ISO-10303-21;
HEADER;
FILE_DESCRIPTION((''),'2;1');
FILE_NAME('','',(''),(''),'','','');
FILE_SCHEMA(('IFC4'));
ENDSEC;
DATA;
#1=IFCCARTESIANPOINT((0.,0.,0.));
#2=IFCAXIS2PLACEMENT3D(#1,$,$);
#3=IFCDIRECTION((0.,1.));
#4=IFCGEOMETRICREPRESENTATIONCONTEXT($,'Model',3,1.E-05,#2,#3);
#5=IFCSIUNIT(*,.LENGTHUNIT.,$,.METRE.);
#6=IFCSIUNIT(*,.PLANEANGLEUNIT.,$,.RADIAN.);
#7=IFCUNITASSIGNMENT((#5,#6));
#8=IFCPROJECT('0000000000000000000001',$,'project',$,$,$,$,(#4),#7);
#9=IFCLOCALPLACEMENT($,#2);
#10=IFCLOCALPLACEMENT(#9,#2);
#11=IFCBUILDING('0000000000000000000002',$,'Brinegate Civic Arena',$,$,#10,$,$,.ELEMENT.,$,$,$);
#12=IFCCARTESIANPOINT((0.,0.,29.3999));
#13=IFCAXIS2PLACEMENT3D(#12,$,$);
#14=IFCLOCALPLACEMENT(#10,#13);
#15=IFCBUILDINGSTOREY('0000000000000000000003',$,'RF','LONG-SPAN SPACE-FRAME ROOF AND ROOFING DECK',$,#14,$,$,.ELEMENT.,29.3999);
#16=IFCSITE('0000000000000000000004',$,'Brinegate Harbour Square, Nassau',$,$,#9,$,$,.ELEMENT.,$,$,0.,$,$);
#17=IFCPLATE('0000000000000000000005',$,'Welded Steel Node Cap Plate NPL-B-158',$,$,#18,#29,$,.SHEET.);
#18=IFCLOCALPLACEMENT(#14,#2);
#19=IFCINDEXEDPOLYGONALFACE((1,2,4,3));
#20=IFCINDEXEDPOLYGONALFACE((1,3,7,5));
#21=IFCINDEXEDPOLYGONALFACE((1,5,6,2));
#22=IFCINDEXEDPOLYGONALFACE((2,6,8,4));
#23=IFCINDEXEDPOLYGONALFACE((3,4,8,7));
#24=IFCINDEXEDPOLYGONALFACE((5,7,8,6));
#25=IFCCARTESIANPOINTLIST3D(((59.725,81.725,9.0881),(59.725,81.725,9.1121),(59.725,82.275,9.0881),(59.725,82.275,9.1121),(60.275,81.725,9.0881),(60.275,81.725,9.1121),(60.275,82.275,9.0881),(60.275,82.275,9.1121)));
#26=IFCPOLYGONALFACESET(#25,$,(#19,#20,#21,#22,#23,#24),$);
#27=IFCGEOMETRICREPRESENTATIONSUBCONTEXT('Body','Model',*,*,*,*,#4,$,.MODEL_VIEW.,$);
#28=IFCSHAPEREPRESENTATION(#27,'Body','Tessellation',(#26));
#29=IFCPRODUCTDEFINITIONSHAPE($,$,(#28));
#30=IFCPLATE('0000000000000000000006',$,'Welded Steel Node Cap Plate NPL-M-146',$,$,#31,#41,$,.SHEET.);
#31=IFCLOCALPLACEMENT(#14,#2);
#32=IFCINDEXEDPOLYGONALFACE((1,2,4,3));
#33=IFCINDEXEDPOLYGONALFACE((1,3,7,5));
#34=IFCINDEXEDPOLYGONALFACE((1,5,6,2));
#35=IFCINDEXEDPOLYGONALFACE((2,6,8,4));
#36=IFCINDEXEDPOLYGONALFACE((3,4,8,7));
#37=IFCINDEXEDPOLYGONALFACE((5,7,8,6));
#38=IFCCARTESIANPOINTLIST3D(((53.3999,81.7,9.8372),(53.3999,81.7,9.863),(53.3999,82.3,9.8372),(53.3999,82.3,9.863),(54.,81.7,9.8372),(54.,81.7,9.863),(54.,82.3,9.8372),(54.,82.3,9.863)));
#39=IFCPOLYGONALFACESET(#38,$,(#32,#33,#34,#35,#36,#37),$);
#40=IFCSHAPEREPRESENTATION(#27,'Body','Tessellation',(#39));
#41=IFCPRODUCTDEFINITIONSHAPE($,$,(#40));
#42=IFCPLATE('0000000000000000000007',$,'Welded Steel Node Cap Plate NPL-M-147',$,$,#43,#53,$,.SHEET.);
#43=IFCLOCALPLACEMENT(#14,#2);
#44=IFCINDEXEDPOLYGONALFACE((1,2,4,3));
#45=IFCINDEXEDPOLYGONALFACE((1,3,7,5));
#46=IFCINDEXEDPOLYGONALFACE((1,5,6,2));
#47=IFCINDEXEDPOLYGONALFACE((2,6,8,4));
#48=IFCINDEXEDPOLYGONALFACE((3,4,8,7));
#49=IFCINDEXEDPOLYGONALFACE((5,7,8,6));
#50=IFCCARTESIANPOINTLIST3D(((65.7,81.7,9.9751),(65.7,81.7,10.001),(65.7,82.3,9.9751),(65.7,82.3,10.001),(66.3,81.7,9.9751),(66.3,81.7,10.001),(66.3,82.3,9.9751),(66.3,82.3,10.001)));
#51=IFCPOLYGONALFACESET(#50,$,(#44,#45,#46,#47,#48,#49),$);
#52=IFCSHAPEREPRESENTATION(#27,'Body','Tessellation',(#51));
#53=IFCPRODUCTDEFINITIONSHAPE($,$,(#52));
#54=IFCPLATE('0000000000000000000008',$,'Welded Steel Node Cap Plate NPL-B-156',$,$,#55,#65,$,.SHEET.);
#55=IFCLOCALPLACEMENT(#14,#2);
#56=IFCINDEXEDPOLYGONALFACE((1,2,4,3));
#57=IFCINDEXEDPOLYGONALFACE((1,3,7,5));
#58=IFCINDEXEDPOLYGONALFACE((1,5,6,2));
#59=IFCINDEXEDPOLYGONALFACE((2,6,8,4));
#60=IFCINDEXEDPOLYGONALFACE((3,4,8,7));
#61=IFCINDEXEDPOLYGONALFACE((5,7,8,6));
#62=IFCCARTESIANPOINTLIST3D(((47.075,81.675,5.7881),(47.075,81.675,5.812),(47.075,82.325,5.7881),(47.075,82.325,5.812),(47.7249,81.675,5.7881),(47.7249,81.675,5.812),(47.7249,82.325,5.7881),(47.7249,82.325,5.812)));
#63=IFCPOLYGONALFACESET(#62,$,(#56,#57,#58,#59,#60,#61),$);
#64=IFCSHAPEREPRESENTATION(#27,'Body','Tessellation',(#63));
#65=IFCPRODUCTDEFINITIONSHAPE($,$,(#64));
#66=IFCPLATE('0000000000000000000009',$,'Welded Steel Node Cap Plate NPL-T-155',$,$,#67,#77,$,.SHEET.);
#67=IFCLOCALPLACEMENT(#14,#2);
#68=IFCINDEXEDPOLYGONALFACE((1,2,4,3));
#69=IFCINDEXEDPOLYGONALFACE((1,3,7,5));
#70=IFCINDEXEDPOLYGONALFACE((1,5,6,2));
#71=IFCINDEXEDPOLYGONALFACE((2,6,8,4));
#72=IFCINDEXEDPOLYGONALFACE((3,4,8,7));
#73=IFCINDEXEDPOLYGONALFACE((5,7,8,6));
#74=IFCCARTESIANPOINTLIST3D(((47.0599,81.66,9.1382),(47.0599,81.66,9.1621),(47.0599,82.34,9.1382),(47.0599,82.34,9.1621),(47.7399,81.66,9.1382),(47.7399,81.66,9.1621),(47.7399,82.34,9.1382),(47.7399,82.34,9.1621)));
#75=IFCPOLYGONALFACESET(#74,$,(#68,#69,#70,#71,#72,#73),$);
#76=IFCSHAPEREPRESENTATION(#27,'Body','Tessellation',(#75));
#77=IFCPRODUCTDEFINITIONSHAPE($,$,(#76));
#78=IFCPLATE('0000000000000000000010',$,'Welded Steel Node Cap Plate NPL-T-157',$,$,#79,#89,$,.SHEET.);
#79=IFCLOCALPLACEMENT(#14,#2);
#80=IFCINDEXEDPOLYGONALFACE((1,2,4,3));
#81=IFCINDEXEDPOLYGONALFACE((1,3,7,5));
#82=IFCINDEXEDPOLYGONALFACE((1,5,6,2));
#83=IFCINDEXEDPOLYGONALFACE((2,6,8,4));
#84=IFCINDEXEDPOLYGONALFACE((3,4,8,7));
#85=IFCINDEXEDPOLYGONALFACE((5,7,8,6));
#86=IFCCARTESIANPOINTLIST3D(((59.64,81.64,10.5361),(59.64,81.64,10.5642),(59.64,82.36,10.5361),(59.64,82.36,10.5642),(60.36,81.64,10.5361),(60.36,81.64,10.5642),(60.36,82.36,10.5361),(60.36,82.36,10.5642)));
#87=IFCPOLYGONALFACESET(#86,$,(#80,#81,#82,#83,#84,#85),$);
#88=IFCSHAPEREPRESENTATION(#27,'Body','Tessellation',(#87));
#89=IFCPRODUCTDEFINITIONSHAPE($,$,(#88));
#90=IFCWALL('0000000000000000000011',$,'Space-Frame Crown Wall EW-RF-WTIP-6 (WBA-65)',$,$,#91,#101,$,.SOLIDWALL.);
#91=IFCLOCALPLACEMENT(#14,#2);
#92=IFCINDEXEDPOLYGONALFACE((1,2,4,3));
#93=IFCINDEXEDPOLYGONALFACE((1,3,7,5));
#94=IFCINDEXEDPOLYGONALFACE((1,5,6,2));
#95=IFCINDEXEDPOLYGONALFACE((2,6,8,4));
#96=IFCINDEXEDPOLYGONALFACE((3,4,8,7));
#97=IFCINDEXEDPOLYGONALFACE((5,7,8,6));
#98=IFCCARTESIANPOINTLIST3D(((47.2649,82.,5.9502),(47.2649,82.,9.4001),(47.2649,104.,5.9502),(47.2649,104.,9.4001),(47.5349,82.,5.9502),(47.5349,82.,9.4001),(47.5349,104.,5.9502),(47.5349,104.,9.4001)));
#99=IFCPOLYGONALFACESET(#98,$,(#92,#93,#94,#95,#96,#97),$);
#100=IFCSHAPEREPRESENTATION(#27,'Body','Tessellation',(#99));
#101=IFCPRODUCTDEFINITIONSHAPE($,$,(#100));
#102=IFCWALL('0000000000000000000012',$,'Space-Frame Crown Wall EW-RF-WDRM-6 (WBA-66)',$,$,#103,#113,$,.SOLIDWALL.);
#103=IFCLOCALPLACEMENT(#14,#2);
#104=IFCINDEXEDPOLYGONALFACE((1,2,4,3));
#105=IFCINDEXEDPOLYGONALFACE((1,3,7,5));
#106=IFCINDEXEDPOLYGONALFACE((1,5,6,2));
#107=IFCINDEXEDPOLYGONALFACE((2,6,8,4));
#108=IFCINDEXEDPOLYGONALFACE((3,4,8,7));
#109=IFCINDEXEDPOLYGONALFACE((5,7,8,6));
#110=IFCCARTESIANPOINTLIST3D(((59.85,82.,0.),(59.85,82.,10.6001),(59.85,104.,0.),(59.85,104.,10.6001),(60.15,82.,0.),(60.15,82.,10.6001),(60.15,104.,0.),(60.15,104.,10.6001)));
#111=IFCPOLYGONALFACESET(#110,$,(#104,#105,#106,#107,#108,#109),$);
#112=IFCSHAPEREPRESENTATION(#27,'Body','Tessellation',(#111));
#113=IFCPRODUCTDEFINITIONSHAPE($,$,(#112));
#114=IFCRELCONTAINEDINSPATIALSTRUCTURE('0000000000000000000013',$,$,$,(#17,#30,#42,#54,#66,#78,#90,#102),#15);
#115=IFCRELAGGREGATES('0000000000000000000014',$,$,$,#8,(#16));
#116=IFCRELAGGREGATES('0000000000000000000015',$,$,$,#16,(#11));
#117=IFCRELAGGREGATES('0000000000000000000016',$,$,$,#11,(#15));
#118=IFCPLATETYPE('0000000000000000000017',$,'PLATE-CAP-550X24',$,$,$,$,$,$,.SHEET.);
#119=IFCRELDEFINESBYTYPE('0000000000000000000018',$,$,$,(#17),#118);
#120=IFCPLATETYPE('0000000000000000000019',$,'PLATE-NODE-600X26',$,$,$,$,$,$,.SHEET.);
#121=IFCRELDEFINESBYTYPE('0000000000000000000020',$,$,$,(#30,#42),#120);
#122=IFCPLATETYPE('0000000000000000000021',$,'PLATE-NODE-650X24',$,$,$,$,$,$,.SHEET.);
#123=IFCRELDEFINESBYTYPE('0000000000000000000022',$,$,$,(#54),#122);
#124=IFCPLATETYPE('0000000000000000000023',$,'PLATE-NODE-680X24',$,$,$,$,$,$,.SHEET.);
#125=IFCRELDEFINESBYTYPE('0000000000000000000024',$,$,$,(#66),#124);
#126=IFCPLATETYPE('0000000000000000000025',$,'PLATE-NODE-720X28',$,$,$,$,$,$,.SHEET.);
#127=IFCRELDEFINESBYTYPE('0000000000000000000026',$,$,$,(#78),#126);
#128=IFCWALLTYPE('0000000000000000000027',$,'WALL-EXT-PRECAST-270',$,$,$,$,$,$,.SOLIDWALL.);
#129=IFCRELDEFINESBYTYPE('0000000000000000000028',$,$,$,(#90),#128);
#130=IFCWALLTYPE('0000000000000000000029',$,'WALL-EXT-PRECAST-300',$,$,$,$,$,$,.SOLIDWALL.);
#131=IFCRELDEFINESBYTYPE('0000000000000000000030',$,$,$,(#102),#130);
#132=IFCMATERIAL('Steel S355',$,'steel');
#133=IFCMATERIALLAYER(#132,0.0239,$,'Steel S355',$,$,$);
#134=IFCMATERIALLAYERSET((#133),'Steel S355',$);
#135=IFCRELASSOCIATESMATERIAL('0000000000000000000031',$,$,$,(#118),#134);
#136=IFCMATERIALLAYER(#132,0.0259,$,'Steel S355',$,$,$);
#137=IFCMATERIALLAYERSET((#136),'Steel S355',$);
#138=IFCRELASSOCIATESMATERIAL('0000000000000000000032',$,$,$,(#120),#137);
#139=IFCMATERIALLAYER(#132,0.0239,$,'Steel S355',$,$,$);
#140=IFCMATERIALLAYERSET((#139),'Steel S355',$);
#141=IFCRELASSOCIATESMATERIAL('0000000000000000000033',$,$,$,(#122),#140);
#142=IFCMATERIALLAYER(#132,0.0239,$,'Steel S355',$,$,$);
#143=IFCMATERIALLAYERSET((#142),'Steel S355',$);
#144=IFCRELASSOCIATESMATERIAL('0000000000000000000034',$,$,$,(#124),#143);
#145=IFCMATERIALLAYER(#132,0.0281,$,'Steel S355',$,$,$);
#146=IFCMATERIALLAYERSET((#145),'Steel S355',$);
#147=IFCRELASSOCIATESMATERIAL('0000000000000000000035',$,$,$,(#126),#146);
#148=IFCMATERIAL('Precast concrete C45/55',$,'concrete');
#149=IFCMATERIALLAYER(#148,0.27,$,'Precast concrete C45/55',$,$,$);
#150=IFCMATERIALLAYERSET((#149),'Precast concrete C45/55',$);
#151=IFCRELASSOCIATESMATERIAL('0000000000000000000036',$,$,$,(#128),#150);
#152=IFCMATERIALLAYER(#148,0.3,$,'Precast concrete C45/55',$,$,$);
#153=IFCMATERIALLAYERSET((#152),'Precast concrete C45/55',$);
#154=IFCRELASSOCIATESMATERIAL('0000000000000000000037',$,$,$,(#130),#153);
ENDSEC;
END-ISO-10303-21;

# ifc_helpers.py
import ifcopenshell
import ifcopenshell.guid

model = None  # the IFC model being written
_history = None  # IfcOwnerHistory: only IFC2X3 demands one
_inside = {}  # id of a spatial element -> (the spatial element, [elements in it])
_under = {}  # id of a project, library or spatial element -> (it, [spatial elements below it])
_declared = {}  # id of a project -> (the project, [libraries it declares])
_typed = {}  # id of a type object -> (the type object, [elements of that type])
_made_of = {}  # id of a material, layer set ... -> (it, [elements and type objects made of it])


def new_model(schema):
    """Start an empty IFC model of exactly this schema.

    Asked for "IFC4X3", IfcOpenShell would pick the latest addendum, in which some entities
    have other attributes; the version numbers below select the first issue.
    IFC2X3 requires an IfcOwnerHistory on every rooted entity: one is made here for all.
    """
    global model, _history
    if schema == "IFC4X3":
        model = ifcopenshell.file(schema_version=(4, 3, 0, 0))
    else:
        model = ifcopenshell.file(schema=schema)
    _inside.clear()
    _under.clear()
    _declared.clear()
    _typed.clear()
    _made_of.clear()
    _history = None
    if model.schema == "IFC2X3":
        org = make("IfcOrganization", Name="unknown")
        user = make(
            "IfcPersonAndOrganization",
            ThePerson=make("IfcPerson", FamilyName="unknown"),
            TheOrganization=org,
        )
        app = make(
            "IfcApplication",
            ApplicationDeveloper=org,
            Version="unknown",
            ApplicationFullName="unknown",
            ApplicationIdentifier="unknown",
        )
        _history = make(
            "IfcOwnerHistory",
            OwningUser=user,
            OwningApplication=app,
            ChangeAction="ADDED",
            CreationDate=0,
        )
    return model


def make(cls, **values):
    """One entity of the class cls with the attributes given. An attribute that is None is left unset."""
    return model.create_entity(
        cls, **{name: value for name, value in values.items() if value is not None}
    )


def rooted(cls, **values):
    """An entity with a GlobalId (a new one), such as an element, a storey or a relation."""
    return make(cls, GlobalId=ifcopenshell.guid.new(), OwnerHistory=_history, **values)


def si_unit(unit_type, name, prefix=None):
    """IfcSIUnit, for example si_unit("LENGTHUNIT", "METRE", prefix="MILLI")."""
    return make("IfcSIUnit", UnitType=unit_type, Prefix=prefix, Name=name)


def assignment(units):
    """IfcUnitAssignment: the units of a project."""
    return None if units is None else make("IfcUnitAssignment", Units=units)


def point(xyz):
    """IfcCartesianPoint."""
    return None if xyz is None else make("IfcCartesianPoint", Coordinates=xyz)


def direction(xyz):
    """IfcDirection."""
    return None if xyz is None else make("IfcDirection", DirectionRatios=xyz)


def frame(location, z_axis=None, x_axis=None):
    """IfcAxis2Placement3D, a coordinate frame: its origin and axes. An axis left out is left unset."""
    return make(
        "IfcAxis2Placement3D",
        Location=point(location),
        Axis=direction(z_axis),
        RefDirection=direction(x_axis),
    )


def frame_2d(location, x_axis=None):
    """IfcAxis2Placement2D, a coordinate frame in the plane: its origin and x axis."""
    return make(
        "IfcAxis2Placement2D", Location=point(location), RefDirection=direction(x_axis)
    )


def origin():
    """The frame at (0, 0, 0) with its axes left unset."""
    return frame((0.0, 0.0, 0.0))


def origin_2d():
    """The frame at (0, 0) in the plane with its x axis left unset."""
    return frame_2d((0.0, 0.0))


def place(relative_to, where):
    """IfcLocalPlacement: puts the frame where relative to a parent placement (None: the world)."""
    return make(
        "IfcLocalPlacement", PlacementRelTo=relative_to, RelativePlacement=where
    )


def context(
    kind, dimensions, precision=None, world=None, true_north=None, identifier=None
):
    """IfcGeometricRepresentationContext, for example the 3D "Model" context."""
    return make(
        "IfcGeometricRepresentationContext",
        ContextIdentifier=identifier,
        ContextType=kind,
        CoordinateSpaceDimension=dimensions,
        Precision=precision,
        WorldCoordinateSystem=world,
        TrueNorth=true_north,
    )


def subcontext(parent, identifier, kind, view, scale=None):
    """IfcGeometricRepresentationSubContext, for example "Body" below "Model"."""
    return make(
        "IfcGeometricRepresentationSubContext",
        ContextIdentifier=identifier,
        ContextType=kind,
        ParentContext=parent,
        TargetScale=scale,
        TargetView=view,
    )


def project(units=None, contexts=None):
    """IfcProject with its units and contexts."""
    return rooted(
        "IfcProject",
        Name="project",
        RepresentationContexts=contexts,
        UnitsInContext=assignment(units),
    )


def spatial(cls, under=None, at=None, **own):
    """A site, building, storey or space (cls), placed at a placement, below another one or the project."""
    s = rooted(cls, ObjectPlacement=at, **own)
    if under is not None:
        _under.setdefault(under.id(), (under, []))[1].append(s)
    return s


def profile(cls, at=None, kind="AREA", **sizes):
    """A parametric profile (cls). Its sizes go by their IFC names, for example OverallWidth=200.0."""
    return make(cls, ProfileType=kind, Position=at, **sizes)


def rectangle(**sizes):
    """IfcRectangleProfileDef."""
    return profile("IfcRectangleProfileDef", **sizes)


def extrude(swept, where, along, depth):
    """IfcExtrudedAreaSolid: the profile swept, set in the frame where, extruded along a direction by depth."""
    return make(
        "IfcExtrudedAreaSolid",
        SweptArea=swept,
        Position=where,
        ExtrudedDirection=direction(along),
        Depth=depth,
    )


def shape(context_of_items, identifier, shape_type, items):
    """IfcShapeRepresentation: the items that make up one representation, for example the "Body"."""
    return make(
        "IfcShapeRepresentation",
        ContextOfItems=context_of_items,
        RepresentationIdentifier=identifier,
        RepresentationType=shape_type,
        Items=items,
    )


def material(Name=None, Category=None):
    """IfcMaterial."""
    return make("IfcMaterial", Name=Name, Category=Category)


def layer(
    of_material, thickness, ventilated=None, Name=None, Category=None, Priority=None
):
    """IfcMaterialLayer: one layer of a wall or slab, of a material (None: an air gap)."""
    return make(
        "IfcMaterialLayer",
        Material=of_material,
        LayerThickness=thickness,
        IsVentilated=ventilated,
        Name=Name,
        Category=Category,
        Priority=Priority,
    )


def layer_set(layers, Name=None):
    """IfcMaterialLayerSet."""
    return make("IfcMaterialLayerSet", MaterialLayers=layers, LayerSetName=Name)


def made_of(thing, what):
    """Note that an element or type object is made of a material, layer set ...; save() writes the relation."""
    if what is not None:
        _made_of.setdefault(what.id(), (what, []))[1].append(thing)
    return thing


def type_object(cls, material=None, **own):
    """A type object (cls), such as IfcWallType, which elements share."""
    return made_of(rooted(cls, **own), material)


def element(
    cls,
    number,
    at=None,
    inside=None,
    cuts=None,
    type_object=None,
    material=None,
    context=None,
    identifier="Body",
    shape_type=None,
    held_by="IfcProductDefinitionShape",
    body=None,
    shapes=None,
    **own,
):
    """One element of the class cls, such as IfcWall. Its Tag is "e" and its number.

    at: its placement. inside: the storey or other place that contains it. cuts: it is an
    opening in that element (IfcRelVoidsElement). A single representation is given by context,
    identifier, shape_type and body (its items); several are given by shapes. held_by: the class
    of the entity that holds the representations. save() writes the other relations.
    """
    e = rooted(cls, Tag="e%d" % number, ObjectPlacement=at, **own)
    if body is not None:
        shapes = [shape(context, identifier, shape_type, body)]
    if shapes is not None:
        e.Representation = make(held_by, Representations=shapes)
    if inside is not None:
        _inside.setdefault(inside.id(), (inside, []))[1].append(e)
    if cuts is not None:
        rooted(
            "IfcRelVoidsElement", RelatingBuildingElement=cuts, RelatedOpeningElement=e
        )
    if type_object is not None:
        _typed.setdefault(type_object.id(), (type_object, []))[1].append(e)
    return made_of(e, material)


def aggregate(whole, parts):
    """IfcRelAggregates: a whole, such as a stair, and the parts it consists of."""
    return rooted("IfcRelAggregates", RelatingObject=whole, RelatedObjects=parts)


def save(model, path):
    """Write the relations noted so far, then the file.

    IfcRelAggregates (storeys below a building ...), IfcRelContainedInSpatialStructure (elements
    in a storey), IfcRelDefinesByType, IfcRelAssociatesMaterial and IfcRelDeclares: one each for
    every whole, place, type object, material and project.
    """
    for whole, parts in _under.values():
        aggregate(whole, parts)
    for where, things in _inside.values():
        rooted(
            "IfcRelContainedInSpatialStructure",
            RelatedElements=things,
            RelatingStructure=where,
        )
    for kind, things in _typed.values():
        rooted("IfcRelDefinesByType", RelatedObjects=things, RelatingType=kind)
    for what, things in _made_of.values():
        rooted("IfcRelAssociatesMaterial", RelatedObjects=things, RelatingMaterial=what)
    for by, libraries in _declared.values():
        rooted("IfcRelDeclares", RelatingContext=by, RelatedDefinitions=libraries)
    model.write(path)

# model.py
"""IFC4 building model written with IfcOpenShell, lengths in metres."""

from ifc_helpers import new_model, si_unit, direction, frame, frame_2d, origin, origin_2d, place, context, subcontext, project, spatial, rectangle, extrude, material, layer, layer_set, type_object, element, save


model = new_model("IFC4")

# Units and contexts
model_context = context("Model", 3, precision=1e-05, world=origin(), true_north=direction((0.0, 1.0)))
body_context = subcontext(model_context, "Body", "Model", "MODEL_VIEW")
ifc_project = project(units=[si_unit("LENGTHUNIT", "METRE"), si_unit("PLANEANGLEUNIT", "RADIAN")], contexts=[model_context])

# Site, building, storey
site_placement = place(None, origin())
site = spatial("IfcSite", under=ifc_project, at=site_placement, Name="Brinegate Harbour Square, Nassau", CompositionType="ELEMENT", RefElevation=0.0)
building_placement = place(site_placement, origin())
building = spatial("IfcBuilding", under=site, at=building_placement, Name="Brinegate Civic Arena", CompositionType="ELEMENT")
storey_placement = place(building_placement, frame((0.0, 0.0, 29.3999)))
storey = spatial("IfcBuildingStorey", under=building, at=storey_placement, Name="RF", Description="LONG-SPAN SPACE-FRAME ROOF AND ROOFING DECK", CompositionType="ELEMENT", Elevation=29.3999)

# Shared definitions
ifc_material_1 = material(Name="Steel S355", Category="steel")

# Plates
ifc_layer_1 = layer(ifc_material_1, 0.0239, Name="Steel S355")
ifc_layer_set_1 = layer_set([ifc_layer_1], Name="Steel S355")
plate_type_1 = type_object("IfcPlateType", Name="PLATE-CAP-550X24", PredefinedType="SHEET", material=ifc_layer_set_1)
plate_1_placement = place(storey_placement, frame((60.0, 82.0, 9.0881), z_axis=(0.0, 0.0, 1.0), x_axis=(1.0, 0.0, 0.0)))
element("IfcPlate", 1, at=plate_1_placement, inside=storey, type_object=plate_type_1, Name="Welded Steel Node Cap Plate NPL-B-158", PredefinedType="SHEET", context=body_context, shape_type="SweptSolid", body=[
    extrude(rectangle(XDim=0.55, YDim=0.55, at=origin_2d()), origin(), (0.0, 0.0, 1.0), 0.0239),
])
ifc_layer_2 = layer(ifc_material_1, 0.0259, Name="Steel S355")
ifc_layer_set_2 = layer_set([ifc_layer_2], Name="Steel S355")
plate_type_2 = type_object("IfcPlateType", Name="PLATE-NODE-600X26", PredefinedType="SHEET", material=ifc_layer_set_2)
for number, where, z_axis, x_axis, name in (
    (2, (53.7, 82.0, 9.8372), (0.0, 0.0, 1.0), (1.0, 0.0, 0.0), "Welded Steel Node Cap Plate NPL-M-146"),
    (3, (66.0, 82.0, 9.9751), (0.0, 0.0, 1.0), (1.0, 0.0, 0.0), "Welded Steel Node Cap Plate NPL-M-147"),
):
    element("IfcPlate", number, at=place(storey_placement, frame(where, z_axis=z_axis, x_axis=x_axis)), inside=storey, type_object=plate_type_2, Name=name, PredefinedType="SHEET", context=body_context, shape_type="SweptSolid", body=[
        extrude(rectangle(XDim=0.6001, YDim=0.6001, at=origin_2d()), origin(), (0.0, 0.0, 1.0), 0.0259),
    ])
ifc_layer_3 = layer(ifc_material_1, 0.0239, Name="Steel S355")
ifc_layer_set_3 = layer_set([ifc_layer_3], Name="Steel S355")
plate_type_3 = type_object("IfcPlateType", Name="PLATE-NODE-650X24", PredefinedType="SHEET", material=ifc_layer_set_3)
plate_2_placement = place(storey_placement, frame((47.3999, 82.0, 5.7881), z_axis=(0.0, 0.0, 1.0), x_axis=(1.0, 0.0, 0.0)))
element("IfcPlate", 4, at=plate_2_placement, inside=storey, type_object=plate_type_3, Name="Welded Steel Node Cap Plate NPL-B-156", PredefinedType="SHEET", context=body_context, shape_type="SweptSolid", body=[
    extrude(rectangle(XDim=0.6499, YDim=0.6499, at=origin_2d()), origin(), (0.0, 0.0, 1.0), 0.0239),
])
ifc_layer_4 = layer(ifc_material_1, 0.0239, Name="Steel S355")
ifc_layer_set_4 = layer_set([ifc_layer_4], Name="Steel S355")
plate_type_4 = type_object("IfcPlateType", Name="PLATE-NODE-680X24", PredefinedType="SHEET", material=ifc_layer_set_4)
plate_3_placement = place(storey_placement, frame((47.3999, 82.0, 9.1382), z_axis=(0.0, 0.0, 1.0), x_axis=(1.0, 0.0, 0.0)))
element("IfcPlate", 5, at=plate_3_placement, inside=storey, type_object=plate_type_4, Name="Welded Steel Node Cap Plate NPL-T-155", PredefinedType="SHEET", context=body_context, shape_type="SweptSolid", body=[
    extrude(rectangle(XDim=0.6799, YDim=0.6799, at=origin_2d()), origin(), (0.0, 0.0, 1.0), 0.0239),
])
ifc_layer_5 = layer(ifc_material_1, 0.0281, Name="Steel S355")
ifc_layer_set_5 = layer_set([ifc_layer_5], Name="Steel S355")
plate_type_5 = type_object("IfcPlateType", Name="PLATE-NODE-720X28", PredefinedType="SHEET", material=ifc_layer_set_5)
plate_4_placement = place(storey_placement, frame((60.0, 82.0, 10.5361), z_axis=(0.0, 0.0, 1.0), x_axis=(1.0, 0.0, 0.0)))
element("IfcPlate", 6, at=plate_4_placement, inside=storey, type_object=plate_type_5, Name="Welded Steel Node Cap Plate NPL-T-157", PredefinedType="SHEET", context=body_context, shape_type="SweptSolid", body=[
    extrude(rectangle(XDim=0.72, YDim=0.72, at=origin_2d()), origin(), (0.0, 0.0, 1.0), 0.0281),
])

# Walls
ifc_material_2 = material(Name="Precast concrete C45/55", Category="concrete")
ifc_layer_6 = layer(ifc_material_2, 0.27, Name="Precast concrete C45/55")
ifc_layer_set_6 = layer_set([ifc_layer_6], Name="Precast concrete C45/55")
wall_type_1 = type_object("IfcWallType", Name="WALL-EXT-PRECAST-270", PredefinedType="SOLIDWALL", material=ifc_layer_set_6)
wall_1_placement = place(storey_placement, frame((47.3999, 82.0, 5.9502), z_axis=(0.0, 0.0, 1.0), x_axis=(0.0, 1.0, 0.0)))
element("IfcWall", 7, at=wall_1_placement, inside=storey, type_object=wall_type_1, Name="Space-Frame Crown Wall EW-RF-WTIP-6 (WBA-65)", PredefinedType="SOLIDWALL", context=body_context, shape_type="SweptSolid", body=[
    extrude(rectangle(XDim=22.0, YDim=0.27, at=frame_2d((11.0, 0.0))), origin(), (0.0, 0.0, 1.0), 3.45),
])
ifc_layer_7 = layer(ifc_material_2, 0.3, Name="Precast concrete C45/55")
ifc_layer_set_7 = layer_set([ifc_layer_7], Name="Precast concrete C45/55")
wall_type_2 = type_object("IfcWallType", Name="WALL-EXT-PRECAST-300", PredefinedType="SOLIDWALL", material=ifc_layer_set_7)
wall_2_placement = place(storey_placement, frame((60.0, 82.0, 0.0), z_axis=(0.0, 0.0, 1.0), x_axis=(0.0, 1.0, 0.0)))
element("IfcWall", 8, at=wall_2_placement, inside=storey, type_object=wall_type_2, Name="Space-Frame Crown Wall EW-RF-WDRM-6 (WBA-66)", PredefinedType="SOLIDWALL", context=body_context, shape_type="SweptSolid", body=[
    extrude(rectangle(XDim=22.0, YDim=0.3, at=frame_2d((11.0, 0.0))), origin(), (0.0, 0.0, 1.0), 10.6001),
])

save(model, "model.ifc")
